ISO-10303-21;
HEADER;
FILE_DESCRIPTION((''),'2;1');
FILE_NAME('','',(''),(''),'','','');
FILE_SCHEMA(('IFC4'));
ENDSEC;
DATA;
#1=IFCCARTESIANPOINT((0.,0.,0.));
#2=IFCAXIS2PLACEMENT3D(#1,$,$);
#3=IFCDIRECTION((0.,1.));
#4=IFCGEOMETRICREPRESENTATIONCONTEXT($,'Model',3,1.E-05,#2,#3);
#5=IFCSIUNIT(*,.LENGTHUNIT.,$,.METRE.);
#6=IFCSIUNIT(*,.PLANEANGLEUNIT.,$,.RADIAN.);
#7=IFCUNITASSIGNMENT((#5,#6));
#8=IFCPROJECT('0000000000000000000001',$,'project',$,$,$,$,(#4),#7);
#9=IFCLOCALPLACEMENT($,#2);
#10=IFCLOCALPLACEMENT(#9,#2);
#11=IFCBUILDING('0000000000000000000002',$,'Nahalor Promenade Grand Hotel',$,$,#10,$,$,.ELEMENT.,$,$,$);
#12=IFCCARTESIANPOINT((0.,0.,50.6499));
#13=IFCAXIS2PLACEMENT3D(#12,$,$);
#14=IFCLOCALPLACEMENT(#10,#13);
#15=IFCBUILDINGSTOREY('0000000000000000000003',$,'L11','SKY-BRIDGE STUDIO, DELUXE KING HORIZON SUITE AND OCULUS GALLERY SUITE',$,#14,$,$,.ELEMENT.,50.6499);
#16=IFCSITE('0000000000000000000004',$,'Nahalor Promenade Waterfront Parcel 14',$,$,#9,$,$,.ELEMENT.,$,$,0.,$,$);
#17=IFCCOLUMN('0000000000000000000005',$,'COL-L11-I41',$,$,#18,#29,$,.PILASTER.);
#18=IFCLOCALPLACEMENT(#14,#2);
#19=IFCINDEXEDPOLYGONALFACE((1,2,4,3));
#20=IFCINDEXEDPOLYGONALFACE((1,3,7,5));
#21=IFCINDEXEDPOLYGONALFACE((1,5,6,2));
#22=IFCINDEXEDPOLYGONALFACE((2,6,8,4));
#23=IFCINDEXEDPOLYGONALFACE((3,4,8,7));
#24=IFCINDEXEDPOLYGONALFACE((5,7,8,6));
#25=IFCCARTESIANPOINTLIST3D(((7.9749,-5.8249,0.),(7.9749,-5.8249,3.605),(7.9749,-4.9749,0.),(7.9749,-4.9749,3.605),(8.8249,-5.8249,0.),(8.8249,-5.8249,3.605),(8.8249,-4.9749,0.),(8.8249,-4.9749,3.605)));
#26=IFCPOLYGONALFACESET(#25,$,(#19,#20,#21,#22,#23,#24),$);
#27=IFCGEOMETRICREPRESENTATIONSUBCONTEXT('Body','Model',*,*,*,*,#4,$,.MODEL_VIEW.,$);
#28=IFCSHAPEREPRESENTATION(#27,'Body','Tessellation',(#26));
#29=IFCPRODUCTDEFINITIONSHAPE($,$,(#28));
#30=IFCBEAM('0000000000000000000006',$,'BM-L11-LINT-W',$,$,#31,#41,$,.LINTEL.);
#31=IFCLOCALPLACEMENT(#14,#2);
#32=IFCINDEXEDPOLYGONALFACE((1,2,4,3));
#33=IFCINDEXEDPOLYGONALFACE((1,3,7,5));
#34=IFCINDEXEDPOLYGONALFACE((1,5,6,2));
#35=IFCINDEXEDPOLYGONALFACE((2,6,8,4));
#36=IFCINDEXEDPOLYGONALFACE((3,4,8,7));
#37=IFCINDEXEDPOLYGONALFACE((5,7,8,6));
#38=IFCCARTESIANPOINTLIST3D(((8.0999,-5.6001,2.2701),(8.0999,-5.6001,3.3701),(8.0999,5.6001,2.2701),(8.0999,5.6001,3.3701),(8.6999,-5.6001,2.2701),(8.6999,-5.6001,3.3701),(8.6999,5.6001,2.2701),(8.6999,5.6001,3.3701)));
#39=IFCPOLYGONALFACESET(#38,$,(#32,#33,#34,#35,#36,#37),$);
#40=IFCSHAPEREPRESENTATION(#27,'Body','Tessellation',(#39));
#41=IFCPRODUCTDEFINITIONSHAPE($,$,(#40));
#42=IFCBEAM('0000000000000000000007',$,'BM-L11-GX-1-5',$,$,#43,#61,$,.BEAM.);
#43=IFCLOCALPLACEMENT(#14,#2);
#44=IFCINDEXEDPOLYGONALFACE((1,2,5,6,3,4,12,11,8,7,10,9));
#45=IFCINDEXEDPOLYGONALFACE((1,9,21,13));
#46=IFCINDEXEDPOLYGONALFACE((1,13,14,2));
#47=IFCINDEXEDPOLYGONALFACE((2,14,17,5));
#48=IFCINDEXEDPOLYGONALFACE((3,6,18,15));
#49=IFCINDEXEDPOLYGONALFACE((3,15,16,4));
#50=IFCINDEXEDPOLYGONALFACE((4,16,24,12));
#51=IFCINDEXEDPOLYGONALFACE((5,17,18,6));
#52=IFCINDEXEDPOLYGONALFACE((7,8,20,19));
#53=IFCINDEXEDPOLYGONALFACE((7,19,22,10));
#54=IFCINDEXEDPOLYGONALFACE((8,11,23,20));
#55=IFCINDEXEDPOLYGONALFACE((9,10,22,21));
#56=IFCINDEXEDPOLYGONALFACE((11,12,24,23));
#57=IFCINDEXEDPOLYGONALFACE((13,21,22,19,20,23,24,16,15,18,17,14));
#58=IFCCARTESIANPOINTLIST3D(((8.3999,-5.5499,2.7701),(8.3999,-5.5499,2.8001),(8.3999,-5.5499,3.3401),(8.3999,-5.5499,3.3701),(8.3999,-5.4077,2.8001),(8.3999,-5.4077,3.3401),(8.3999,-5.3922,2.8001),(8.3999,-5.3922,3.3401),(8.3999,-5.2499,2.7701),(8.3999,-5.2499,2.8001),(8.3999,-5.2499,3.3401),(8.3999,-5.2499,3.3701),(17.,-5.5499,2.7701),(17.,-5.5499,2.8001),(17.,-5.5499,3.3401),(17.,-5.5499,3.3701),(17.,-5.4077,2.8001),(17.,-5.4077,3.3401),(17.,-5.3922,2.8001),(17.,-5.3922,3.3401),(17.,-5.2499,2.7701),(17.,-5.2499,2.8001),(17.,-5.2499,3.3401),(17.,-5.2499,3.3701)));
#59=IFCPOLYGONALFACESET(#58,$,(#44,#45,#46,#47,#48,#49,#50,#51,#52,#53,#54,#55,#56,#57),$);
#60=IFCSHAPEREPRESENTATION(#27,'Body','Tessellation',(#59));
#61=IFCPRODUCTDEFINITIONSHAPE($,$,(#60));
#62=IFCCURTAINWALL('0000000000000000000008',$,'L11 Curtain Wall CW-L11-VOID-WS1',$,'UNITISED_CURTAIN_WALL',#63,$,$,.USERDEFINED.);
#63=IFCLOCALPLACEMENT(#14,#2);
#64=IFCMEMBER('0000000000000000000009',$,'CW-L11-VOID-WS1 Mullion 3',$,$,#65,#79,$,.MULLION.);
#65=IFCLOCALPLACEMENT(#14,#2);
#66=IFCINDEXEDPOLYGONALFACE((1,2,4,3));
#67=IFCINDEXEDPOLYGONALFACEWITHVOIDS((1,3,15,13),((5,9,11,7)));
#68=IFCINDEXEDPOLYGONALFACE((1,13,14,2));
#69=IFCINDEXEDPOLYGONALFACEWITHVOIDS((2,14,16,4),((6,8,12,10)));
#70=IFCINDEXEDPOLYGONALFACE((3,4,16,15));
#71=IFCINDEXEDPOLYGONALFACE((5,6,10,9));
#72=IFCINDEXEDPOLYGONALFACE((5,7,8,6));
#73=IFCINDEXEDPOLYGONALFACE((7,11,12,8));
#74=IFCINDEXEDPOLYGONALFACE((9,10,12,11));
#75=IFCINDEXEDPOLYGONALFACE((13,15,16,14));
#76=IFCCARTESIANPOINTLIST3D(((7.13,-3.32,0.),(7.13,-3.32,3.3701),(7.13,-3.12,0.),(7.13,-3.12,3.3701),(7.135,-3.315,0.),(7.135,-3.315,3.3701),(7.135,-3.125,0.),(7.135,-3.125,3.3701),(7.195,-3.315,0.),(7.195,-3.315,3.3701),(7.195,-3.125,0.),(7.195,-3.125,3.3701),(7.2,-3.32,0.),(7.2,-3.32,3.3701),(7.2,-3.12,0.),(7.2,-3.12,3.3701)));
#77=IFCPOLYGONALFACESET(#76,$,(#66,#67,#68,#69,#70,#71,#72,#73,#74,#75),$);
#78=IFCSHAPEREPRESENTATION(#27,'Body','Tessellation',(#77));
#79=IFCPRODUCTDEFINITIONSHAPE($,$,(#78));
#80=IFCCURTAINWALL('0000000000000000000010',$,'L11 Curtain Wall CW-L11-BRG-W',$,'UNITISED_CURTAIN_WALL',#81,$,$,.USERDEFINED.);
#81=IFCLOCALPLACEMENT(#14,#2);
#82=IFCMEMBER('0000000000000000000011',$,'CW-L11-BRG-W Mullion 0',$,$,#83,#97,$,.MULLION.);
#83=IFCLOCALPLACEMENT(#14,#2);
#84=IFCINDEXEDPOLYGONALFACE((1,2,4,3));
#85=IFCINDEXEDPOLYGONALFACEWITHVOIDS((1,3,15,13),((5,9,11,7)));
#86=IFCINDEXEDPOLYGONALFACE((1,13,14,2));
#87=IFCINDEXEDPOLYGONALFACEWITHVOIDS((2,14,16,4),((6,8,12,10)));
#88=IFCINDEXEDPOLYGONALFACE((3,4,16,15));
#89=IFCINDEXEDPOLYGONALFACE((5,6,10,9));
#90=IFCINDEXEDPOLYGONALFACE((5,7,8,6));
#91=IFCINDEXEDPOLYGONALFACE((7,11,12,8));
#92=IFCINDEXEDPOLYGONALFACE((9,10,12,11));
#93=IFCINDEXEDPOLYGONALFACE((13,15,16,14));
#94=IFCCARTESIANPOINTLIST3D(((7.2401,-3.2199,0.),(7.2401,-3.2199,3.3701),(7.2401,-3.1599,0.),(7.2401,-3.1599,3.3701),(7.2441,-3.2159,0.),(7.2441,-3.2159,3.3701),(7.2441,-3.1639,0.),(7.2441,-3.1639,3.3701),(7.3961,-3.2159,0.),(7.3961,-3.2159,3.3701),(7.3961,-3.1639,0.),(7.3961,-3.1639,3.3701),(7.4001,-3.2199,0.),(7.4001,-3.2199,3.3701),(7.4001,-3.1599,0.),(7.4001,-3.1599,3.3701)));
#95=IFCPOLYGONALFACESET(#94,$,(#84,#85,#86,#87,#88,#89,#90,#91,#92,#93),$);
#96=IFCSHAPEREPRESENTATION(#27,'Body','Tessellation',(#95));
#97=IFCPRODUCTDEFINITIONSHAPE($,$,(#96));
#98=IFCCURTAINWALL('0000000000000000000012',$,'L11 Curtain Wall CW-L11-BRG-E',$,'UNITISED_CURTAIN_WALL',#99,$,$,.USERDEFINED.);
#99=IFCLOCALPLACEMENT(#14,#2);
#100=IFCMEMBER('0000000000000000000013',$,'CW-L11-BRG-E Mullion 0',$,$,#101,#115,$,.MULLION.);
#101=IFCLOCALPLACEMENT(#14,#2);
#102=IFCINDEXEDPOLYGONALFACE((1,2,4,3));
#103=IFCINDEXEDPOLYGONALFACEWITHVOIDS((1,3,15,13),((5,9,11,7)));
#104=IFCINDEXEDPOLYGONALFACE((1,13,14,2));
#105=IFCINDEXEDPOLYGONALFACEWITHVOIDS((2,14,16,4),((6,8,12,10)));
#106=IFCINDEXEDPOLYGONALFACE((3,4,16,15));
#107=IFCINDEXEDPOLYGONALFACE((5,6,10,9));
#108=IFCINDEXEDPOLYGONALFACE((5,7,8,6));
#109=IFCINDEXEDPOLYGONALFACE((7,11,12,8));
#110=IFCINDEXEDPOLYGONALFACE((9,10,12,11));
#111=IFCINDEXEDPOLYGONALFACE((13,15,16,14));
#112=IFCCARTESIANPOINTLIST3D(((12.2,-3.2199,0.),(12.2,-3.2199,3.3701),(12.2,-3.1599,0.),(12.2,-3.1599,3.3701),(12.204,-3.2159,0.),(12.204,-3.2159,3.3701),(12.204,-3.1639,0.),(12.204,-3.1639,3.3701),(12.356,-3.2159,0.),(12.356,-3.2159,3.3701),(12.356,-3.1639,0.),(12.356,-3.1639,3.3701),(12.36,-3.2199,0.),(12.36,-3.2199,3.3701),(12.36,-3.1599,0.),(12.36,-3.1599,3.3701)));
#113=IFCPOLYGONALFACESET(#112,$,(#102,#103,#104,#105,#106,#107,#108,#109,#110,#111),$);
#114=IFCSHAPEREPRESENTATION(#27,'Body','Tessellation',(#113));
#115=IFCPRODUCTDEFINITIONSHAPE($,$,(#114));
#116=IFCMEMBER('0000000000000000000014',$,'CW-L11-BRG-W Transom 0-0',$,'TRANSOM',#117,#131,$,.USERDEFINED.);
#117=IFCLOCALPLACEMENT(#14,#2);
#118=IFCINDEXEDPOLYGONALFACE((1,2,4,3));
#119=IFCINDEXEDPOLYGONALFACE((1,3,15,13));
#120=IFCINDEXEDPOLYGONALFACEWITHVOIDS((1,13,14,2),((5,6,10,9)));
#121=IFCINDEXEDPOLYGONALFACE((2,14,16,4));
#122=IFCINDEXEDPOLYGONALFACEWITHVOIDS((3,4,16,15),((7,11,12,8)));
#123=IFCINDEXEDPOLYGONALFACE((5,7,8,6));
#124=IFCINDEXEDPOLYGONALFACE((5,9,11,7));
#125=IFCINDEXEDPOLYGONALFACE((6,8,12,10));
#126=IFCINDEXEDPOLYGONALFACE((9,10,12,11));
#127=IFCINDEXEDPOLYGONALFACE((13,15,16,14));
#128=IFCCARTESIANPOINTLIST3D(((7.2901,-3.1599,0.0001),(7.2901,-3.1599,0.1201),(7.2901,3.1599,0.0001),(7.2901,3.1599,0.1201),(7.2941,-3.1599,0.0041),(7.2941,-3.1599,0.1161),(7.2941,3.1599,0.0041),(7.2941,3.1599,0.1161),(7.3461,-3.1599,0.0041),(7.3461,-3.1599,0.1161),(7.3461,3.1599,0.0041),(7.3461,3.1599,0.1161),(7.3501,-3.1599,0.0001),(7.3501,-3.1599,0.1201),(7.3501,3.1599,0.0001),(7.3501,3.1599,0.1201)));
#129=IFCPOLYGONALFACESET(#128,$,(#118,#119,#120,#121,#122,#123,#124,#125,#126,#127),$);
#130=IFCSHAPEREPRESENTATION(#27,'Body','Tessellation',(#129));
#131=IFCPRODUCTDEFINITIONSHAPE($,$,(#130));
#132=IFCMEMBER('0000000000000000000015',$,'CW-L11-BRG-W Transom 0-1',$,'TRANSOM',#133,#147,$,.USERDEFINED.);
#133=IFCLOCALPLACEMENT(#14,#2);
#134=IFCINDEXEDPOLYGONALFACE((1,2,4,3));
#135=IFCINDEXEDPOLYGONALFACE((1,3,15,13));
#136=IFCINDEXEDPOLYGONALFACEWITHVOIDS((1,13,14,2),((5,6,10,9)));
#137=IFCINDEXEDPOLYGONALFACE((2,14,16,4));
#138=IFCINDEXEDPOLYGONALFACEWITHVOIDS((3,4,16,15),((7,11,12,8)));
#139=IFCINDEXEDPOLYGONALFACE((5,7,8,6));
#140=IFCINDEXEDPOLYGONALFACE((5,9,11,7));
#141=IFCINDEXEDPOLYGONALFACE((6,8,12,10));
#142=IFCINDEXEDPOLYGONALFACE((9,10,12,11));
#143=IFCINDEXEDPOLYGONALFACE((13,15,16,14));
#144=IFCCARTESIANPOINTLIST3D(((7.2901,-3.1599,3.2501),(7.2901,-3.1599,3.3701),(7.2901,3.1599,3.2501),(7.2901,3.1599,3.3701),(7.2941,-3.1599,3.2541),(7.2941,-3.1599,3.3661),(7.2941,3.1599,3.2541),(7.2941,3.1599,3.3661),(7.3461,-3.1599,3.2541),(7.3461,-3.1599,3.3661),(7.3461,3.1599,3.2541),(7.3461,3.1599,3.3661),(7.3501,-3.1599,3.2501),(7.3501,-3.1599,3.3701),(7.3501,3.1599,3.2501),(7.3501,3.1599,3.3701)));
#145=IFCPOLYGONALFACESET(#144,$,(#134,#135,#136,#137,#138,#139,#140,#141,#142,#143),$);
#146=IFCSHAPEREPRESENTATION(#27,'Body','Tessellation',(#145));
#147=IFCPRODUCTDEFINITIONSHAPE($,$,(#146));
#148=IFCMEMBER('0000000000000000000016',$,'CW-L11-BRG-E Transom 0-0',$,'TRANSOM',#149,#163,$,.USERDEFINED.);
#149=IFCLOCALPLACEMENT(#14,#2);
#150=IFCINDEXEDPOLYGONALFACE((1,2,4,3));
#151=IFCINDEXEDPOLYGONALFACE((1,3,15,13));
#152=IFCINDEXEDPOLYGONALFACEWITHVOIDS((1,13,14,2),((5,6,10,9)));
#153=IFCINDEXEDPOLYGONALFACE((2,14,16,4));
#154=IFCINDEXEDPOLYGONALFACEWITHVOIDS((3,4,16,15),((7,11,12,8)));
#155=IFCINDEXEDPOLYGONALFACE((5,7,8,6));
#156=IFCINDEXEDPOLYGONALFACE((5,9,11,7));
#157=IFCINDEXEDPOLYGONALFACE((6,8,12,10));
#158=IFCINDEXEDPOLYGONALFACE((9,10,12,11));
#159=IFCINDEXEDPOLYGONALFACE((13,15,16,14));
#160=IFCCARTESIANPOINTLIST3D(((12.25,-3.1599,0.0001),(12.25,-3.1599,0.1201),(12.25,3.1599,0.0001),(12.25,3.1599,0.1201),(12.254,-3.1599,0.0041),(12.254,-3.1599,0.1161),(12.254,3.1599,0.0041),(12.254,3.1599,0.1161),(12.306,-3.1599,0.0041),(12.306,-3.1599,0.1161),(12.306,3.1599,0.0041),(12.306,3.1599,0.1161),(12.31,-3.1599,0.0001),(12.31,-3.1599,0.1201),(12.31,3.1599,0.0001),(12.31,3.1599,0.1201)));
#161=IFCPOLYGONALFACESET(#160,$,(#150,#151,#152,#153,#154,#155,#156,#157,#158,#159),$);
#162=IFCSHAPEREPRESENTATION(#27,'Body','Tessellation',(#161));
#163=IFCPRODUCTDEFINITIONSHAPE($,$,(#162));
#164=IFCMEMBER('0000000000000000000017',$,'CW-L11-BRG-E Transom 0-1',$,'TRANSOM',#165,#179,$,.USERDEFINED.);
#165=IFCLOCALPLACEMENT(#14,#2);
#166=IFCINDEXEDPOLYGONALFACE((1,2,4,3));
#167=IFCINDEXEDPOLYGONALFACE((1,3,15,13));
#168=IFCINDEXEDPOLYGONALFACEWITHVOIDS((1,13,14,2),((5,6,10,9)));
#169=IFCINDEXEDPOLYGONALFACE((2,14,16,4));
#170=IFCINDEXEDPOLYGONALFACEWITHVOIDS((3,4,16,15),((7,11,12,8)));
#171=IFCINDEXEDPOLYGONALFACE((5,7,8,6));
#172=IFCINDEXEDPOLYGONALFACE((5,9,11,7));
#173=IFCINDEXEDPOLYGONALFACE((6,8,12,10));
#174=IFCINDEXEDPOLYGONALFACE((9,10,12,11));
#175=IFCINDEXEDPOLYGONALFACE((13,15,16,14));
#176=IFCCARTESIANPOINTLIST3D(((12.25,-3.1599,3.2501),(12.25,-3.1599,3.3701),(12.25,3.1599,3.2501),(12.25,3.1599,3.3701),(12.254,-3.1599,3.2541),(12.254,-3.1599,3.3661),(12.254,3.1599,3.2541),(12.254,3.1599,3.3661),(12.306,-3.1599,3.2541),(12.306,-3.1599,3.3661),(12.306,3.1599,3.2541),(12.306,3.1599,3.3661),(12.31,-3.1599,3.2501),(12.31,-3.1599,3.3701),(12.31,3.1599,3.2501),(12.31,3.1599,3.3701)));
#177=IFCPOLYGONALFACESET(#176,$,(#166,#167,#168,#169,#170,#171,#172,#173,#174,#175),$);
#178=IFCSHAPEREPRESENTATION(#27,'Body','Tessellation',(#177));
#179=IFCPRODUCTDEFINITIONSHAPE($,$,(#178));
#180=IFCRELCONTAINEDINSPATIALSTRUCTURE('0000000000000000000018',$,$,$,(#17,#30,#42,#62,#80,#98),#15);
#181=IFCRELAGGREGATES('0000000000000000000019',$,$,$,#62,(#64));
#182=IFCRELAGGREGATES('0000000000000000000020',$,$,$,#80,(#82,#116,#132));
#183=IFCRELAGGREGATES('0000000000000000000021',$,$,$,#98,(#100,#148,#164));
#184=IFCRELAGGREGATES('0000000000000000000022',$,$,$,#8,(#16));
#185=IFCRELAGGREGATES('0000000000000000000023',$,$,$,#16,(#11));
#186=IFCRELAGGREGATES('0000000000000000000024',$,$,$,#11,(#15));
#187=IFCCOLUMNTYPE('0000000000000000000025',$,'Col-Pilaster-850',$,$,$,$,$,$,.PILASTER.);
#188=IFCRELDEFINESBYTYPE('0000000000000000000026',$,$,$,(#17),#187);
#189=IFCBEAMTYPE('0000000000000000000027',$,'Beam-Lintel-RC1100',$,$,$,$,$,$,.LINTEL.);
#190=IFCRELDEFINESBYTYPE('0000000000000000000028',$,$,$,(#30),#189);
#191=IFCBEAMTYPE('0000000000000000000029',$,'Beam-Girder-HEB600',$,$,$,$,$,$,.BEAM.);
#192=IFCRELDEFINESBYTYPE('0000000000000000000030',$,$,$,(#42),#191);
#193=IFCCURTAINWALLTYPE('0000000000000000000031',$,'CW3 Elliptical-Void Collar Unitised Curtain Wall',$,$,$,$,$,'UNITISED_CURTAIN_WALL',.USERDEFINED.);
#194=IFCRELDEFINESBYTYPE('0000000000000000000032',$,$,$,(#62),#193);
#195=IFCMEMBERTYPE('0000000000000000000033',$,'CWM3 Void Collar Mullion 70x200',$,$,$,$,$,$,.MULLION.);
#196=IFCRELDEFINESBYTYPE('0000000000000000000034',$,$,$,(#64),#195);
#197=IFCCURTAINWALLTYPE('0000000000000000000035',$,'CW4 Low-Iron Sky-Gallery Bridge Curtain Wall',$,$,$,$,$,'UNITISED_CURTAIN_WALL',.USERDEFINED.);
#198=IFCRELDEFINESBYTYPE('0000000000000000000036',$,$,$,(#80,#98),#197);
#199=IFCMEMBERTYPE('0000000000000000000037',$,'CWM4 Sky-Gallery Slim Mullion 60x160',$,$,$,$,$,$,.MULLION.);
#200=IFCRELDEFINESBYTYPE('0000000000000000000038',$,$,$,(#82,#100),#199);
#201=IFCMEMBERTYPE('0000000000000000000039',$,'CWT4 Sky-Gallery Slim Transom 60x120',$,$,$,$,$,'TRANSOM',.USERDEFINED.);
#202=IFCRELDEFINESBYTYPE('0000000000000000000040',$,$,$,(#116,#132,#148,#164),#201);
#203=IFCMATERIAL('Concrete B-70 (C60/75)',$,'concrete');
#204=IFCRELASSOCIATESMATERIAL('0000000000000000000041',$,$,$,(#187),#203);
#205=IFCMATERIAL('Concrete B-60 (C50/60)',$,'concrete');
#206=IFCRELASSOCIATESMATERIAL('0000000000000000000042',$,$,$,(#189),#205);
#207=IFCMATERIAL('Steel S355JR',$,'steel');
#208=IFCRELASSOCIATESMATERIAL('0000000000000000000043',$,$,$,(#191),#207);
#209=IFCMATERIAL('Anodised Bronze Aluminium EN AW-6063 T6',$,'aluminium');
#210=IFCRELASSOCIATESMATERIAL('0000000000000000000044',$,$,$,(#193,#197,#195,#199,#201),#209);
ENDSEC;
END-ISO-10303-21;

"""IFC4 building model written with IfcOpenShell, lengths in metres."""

from ifc_helpers import new_model, si_unit, direction, frame, origin, origin_2d, place, context, subcontext, project, spatial, rectangle, hollow_rectangle, i_section, extrude, source, transform, mapped, material, material_profile, profile_set, type_object, element, aggregate, save


model = new_model("IFC4")

# Units and contexts
model_context = context("Model", 3, precision=1e-05, world=origin(), true_north=direction((0.0, 1.0)))
body_context = subcontext(model_context, "Body", "Model", "MODEL_VIEW")
ifc_project = project(units=[si_unit("LENGTHUNIT", "METRE"), si_unit("PLANEANGLEUNIT", "RADIAN")], contexts=[model_context])

# Site, building, storey
site_placement = place(None, origin())
site = spatial("IfcSite", under=ifc_project, at=site_placement, Name="Nahalor Promenade Waterfront Parcel 14", CompositionType="ELEMENT", RefElevation=0.0)
building_placement = place(site_placement, origin())
building = spatial("IfcBuilding", under=site, at=building_placement, Name="Nahalor Promenade Grand Hotel", CompositionType="ELEMENT")
storey_placement = place(building_placement, frame((0.0, 0.0, 50.6499)))
storey = spatial("IfcBuildingStorey", under=building, at=storey_placement, Name="L11", Description="SKY-BRIDGE STUDIO, DELUXE KING HORIZON SUITE AND OCULUS GALLERY SUITE", CompositionType="ELEMENT", Elevation=50.6499)

# Column
ifc_material_1 = material(Name="Concrete B-70 (C60/75)", Category="concrete")
ifc_material_profile_1 = material_profile(ifc_material_1, rectangle(XDim=0.85, YDim=0.85, at=origin_2d()), Name="RC 850x850")
ifc_profile_set_1 = profile_set([ifc_material_profile_1], Name="Concrete B-70 (C60/75)")
column_type = type_object("IfcColumnType", Name="Col-Pilaster-850", PredefinedType="PILASTER", material=ifc_profile_set_1)
shared_shape_1 = source(origin(), body_context, "Body", "SweptSolid", [
    extrude(rectangle(XDim=0.85, YDim=0.85, at=origin_2d()), origin(), (0.0, 0.0, 1.0), 3.605),
])
column_placement = place(storey_placement, frame((8.3999, -5.3999, 0.0), z_axis=(0.0, 0.0, 1.0), x_axis=(1.0, 0.0, 0.0)))
element("IfcColumn", 1, at=column_placement, inside=storey, type_object=column_type, Name="COL-L11-I41", PredefinedType="PILASTER", context=body_context, shape_type="MappedRepresentation", body=[
    mapped(shared_shape_1, transform((0.0, 0.0, 0.0), scale=1.0)),
])

# Beams
ifc_material_2 = material(Name="Concrete B-60 (C50/60)", Category="concrete")
ifc_material_profile_2 = material_profile(ifc_material_2, rectangle(XDim=0.6, YDim=1.1, at=origin_2d()), Name="RC 600x1100")
ifc_profile_set_2 = profile_set([ifc_material_profile_2], Name="Concrete B-60 (C50/60)")
beam_type_1 = type_object("IfcBeamType", Name="Beam-Lintel-RC1100", PredefinedType="LINTEL", material=ifc_profile_set_2)
shared_shape_2 = source(origin(), body_context, "Body", "SweptSolid", [
    extrude(rectangle(XDim=0.6, YDim=1.1, at=origin_2d()), origin(), (0.0, 0.0, 1.0), 11.2002),
])
beam_1_placement = place(storey_placement, frame((8.3999, -5.6001, 2.8201), z_axis=(0.0, 1.0, 0.0), x_axis=(-1.0, 0.0, 0.0)))
element("IfcBeam", 2, at=beam_1_placement, inside=storey, type_object=beam_type_1, Name="BM-L11-LINT-W", PredefinedType="LINTEL", context=body_context, shape_type="MappedRepresentation", body=[
    mapped(shared_shape_2, transform((0.0, 0.0, 0.0), scale=1.0)),
])
ifc_material_3 = material(Name="Steel S355JR", Category="steel")
ifc_material_profile_3 = material_profile(ifc_material_3, i_section(OverallWidth=0.3, OverallDepth=0.6, WebThickness=0.0155, FlangeThickness=0.03, at=origin_2d()), Name="HEB 600")
ifc_profile_set_3 = profile_set([ifc_material_profile_3], Name="Steel S355JR")
beam_type_2 = type_object("IfcBeamType", Name="Beam-Girder-HEB600", PredefinedType="BEAM", material=ifc_profile_set_3)
shared_shape_3 = source(origin(), body_context, "Body", "SweptSolid", [
    extrude(i_section(OverallWidth=0.3, OverallDepth=0.6, WebThickness=0.0155, FlangeThickness=0.03, at=origin_2d()), origin(), (0.0, 0.0, 1.0), 8.6001),
])
beam_2_placement = place(storey_placement, frame((8.3999, -5.3999, 3.0701), z_axis=(1.0, 0.0, 0.0), x_axis=(0.0, 1.0, 0.0)))
element("IfcBeam", 3, at=beam_2_placement, inside=storey, type_object=beam_type_2, Name="BM-L11-GX-1-5", PredefinedType="BEAM", context=body_context, shape_type="MappedRepresentation", body=[
    mapped(shared_shape_3, transform((0.0, 0.0, 0.0), scale=1.0)),
])

# Curtain walls, members
ifc_material_4 = material(Name="Anodised Bronze Aluminium EN AW-6063 T6", Category="aluminium")
curtain_wall_type_1 = type_object("IfcCurtainWallType", Name="CW3 Elliptical-Void Collar Unitised Curtain Wall", ElementType="UNITISED_CURTAIN_WALL", PredefinedType="USERDEFINED", material=ifc_material_4)
curtain_wall_1_placement = place(storey_placement, origin())
curtain_wall_1 = element("IfcCurtainWall", 4, at=curtain_wall_1_placement, inside=storey, type_object=curtain_wall_type_1, Name="L11 Curtain Wall CW-L11-VOID-WS1", ObjectType="UNITISED_CURTAIN_WALL", PredefinedType="USERDEFINED")
ifc_material_profile_4 = material_profile(ifc_material_4, hollow_rectangle(XDim=0.07, YDim=0.2, WallThickness=0.005, at=origin_2d()), Name="CWM 70x200x5")
ifc_profile_set_4 = profile_set([ifc_material_profile_4], Name="Anodised Bronze Aluminium EN AW-6063 T6")
member_type_1 = type_object("IfcMemberType", Name="CWM3 Void Collar Mullion 70x200", PredefinedType="MULLION", material=ifc_profile_set_4)
shared_shape_4 = source(origin(), body_context, "Body", "SweptSolid", [
    extrude(hollow_rectangle(XDim=0.07, YDim=0.2, WallThickness=0.005, at=origin_2d()), origin(), (0.0, 0.0, 1.0), 3.3701),
])
member_1_placement = place(storey_placement, frame((7.165, -3.22, 0.0), z_axis=(0.0, 0.0, 1.0), x_axis=(1.0, 0.0, 0.0)))
member_1 = element("IfcMember", 5, at=member_1_placement, type_object=member_type_1, Name="CW-L11-VOID-WS1 Mullion 3", PredefinedType="MULLION", context=body_context, shape_type="MappedRepresentation", body=[
    mapped(shared_shape_4, transform((0.0, 0.0, 0.0), scale=1.0)),
])
aggregate(curtain_wall_1, [member_1])
curtain_wall_type_2 = type_object("IfcCurtainWallType", Name="CW4 Low-Iron Sky-Gallery Bridge Curtain Wall", ElementType="UNITISED_CURTAIN_WALL", PredefinedType="USERDEFINED", material=ifc_material_4)
curtain_wall_2_placement = place(storey_placement, origin())
curtain_wall_2 = element("IfcCurtainWall", 6, at=curtain_wall_2_placement, inside=storey, type_object=curtain_wall_type_2, Name="L11 Curtain Wall CW-L11-BRG-W", ObjectType="UNITISED_CURTAIN_WALL", PredefinedType="USERDEFINED")
ifc_material_profile_5 = material_profile(ifc_material_4, hollow_rectangle(XDim=0.06, YDim=0.16, WallThickness=0.004, at=origin_2d()), Name="CWM 60x160x4")
ifc_profile_set_5 = profile_set([ifc_material_profile_5], Name="Anodised Bronze Aluminium EN AW-6063 T6")
member_type_2 = type_object("IfcMemberType", Name="CWM4 Sky-Gallery Slim Mullion 60x160", PredefinedType="MULLION", material=ifc_profile_set_5)
shared_shape_5 = source(origin(), body_context, "Body", "SweptSolid", [
    extrude(hollow_rectangle(XDim=0.06, YDim=0.16, WallThickness=0.004, at=origin_2d()), origin(), (0.0, 0.0, 1.0), 3.3701),
])
member_2_placement = place(storey_placement, frame((7.3201, -3.1899, 0.0), z_axis=(0.0, 0.0, 1.0), x_axis=(0.0, 1.0, 0.0)))
member_2 = element("IfcMember", 7, at=member_2_placement, type_object=member_type_2, Name="CW-L11-BRG-W Mullion 0", PredefinedType="MULLION", context=body_context, shape_type="MappedRepresentation", body=[
    mapped(shared_shape_5, transform((0.0, 0.0, 0.0), scale=1.0)),
])
curtain_wall_3_placement = place(storey_placement, origin())
curtain_wall_3 = element("IfcCurtainWall", 8, at=curtain_wall_3_placement, inside=storey, type_object=curtain_wall_type_2, Name="L11 Curtain Wall CW-L11-BRG-E", ObjectType="UNITISED_CURTAIN_WALL", PredefinedType="USERDEFINED")
member_3_placement = place(storey_placement, frame((12.28, -3.1899, 0.0), z_axis=(0.0, 0.0, 1.0), x_axis=(0.0, 1.0, 0.0)))
member_3 = element("IfcMember", 9, at=member_3_placement, type_object=member_type_2, Name="CW-L11-BRG-E Mullion 0", PredefinedType="MULLION", context=body_context, shape_type="MappedRepresentation", body=[
    mapped(shared_shape_5, transform((0.0, 0.0, 0.0), scale=1.0)),
])

# Members
ifc_material_profile_6 = material_profile(ifc_material_4, hollow_rectangle(XDim=0.06, YDim=0.12, WallThickness=0.004, at=origin_2d()), Name="CWT 60x120x4")
ifc_profile_set_6 = profile_set([ifc_material_profile_6], Name="Anodised Bronze Aluminium EN AW-6063 T6")
member_type_3 = type_object("IfcMemberType", Name="CWT4 Sky-Gallery Slim Transom 60x120", ElementType="TRANSOM", PredefinedType="USERDEFINED", material=ifc_profile_set_6)
shared_shape_6 = source(origin(), body_context, "Body", "SweptSolid", [
    extrude(hollow_rectangle(XDim=0.06, YDim=0.12, WallThickness=0.004, at=origin_2d()), origin(), (0.0, 0.0, 1.0), 6.3198),
])
member_4_placement = place(storey_placement, frame((7.3201, -3.1599, 0.0601), z_axis=(0.0, 1.0, 0.0), x_axis=(-1.0, 0.0, 0.0)))
member_4 = element("IfcMember", 10, at=member_4_placement, type_object=member_type_3, Name="CW-L11-BRG-W Transom 0-0", ObjectType="TRANSOM", PredefinedType="USERDEFINED", context=body_context, shape_type="MappedRepresentation", body=[
    mapped(shared_shape_6, transform((0.0, 0.0, 0.0), scale=1.0)),
])
member_5_placement = place(storey_placement, frame((7.3201, -3.1599, 3.3101), z_axis=(0.0, 1.0, 0.0), x_axis=(-1.0, 0.0, 0.0)))
member_5 = element("IfcMember", 11, at=member_5_placement, type_object=member_type_3, Name="CW-L11-BRG-W Transom 0-1", ObjectType="TRANSOM", PredefinedType="USERDEFINED", context=body_context, shape_type="MappedRepresentation", body=[
    mapped(shared_shape_6, transform((0.0, 0.0, 0.0), scale=1.0)),
])
aggregate(curtain_wall_2, [member_2, member_4, member_5])
member_6_placement = place(storey_placement, frame((12.28, -3.1599, 0.0601), z_axis=(0.0, 1.0, 0.0), x_axis=(-1.0, 0.0, 0.0)))
member_6 = element("IfcMember", 12, at=member_6_placement, type_object=member_type_3, Name="CW-L11-BRG-E Transom 0-0", ObjectType="TRANSOM", PredefinedType="USERDEFINED", context=body_context, shape_type="MappedRepresentation", body=[
    mapped(shared_shape_6, transform((0.0, 0.0, 0.0), scale=1.0)),
])
member_7_placement = place(storey_placement, frame((12.28, -3.1599, 3.3101), z_axis=(0.0, 1.0, 0.0), x_axis=(-1.0, 0.0, 0.0)))
member_7 = element("IfcMember", 13, at=member_7_placement, type_object=member_type_3, Name="CW-L11-BRG-E Transom 0-1", ObjectType="TRANSOM", PredefinedType="USERDEFINED", context=body_context, shape_type="MappedRepresentation", body=[
    mapped(shared_shape_6, transform((0.0, 0.0, 0.0), scale=1.0)),
])
aggregate(curtain_wall_3, [member_3, member_6, member_7])

save(model, "model.ifc")
